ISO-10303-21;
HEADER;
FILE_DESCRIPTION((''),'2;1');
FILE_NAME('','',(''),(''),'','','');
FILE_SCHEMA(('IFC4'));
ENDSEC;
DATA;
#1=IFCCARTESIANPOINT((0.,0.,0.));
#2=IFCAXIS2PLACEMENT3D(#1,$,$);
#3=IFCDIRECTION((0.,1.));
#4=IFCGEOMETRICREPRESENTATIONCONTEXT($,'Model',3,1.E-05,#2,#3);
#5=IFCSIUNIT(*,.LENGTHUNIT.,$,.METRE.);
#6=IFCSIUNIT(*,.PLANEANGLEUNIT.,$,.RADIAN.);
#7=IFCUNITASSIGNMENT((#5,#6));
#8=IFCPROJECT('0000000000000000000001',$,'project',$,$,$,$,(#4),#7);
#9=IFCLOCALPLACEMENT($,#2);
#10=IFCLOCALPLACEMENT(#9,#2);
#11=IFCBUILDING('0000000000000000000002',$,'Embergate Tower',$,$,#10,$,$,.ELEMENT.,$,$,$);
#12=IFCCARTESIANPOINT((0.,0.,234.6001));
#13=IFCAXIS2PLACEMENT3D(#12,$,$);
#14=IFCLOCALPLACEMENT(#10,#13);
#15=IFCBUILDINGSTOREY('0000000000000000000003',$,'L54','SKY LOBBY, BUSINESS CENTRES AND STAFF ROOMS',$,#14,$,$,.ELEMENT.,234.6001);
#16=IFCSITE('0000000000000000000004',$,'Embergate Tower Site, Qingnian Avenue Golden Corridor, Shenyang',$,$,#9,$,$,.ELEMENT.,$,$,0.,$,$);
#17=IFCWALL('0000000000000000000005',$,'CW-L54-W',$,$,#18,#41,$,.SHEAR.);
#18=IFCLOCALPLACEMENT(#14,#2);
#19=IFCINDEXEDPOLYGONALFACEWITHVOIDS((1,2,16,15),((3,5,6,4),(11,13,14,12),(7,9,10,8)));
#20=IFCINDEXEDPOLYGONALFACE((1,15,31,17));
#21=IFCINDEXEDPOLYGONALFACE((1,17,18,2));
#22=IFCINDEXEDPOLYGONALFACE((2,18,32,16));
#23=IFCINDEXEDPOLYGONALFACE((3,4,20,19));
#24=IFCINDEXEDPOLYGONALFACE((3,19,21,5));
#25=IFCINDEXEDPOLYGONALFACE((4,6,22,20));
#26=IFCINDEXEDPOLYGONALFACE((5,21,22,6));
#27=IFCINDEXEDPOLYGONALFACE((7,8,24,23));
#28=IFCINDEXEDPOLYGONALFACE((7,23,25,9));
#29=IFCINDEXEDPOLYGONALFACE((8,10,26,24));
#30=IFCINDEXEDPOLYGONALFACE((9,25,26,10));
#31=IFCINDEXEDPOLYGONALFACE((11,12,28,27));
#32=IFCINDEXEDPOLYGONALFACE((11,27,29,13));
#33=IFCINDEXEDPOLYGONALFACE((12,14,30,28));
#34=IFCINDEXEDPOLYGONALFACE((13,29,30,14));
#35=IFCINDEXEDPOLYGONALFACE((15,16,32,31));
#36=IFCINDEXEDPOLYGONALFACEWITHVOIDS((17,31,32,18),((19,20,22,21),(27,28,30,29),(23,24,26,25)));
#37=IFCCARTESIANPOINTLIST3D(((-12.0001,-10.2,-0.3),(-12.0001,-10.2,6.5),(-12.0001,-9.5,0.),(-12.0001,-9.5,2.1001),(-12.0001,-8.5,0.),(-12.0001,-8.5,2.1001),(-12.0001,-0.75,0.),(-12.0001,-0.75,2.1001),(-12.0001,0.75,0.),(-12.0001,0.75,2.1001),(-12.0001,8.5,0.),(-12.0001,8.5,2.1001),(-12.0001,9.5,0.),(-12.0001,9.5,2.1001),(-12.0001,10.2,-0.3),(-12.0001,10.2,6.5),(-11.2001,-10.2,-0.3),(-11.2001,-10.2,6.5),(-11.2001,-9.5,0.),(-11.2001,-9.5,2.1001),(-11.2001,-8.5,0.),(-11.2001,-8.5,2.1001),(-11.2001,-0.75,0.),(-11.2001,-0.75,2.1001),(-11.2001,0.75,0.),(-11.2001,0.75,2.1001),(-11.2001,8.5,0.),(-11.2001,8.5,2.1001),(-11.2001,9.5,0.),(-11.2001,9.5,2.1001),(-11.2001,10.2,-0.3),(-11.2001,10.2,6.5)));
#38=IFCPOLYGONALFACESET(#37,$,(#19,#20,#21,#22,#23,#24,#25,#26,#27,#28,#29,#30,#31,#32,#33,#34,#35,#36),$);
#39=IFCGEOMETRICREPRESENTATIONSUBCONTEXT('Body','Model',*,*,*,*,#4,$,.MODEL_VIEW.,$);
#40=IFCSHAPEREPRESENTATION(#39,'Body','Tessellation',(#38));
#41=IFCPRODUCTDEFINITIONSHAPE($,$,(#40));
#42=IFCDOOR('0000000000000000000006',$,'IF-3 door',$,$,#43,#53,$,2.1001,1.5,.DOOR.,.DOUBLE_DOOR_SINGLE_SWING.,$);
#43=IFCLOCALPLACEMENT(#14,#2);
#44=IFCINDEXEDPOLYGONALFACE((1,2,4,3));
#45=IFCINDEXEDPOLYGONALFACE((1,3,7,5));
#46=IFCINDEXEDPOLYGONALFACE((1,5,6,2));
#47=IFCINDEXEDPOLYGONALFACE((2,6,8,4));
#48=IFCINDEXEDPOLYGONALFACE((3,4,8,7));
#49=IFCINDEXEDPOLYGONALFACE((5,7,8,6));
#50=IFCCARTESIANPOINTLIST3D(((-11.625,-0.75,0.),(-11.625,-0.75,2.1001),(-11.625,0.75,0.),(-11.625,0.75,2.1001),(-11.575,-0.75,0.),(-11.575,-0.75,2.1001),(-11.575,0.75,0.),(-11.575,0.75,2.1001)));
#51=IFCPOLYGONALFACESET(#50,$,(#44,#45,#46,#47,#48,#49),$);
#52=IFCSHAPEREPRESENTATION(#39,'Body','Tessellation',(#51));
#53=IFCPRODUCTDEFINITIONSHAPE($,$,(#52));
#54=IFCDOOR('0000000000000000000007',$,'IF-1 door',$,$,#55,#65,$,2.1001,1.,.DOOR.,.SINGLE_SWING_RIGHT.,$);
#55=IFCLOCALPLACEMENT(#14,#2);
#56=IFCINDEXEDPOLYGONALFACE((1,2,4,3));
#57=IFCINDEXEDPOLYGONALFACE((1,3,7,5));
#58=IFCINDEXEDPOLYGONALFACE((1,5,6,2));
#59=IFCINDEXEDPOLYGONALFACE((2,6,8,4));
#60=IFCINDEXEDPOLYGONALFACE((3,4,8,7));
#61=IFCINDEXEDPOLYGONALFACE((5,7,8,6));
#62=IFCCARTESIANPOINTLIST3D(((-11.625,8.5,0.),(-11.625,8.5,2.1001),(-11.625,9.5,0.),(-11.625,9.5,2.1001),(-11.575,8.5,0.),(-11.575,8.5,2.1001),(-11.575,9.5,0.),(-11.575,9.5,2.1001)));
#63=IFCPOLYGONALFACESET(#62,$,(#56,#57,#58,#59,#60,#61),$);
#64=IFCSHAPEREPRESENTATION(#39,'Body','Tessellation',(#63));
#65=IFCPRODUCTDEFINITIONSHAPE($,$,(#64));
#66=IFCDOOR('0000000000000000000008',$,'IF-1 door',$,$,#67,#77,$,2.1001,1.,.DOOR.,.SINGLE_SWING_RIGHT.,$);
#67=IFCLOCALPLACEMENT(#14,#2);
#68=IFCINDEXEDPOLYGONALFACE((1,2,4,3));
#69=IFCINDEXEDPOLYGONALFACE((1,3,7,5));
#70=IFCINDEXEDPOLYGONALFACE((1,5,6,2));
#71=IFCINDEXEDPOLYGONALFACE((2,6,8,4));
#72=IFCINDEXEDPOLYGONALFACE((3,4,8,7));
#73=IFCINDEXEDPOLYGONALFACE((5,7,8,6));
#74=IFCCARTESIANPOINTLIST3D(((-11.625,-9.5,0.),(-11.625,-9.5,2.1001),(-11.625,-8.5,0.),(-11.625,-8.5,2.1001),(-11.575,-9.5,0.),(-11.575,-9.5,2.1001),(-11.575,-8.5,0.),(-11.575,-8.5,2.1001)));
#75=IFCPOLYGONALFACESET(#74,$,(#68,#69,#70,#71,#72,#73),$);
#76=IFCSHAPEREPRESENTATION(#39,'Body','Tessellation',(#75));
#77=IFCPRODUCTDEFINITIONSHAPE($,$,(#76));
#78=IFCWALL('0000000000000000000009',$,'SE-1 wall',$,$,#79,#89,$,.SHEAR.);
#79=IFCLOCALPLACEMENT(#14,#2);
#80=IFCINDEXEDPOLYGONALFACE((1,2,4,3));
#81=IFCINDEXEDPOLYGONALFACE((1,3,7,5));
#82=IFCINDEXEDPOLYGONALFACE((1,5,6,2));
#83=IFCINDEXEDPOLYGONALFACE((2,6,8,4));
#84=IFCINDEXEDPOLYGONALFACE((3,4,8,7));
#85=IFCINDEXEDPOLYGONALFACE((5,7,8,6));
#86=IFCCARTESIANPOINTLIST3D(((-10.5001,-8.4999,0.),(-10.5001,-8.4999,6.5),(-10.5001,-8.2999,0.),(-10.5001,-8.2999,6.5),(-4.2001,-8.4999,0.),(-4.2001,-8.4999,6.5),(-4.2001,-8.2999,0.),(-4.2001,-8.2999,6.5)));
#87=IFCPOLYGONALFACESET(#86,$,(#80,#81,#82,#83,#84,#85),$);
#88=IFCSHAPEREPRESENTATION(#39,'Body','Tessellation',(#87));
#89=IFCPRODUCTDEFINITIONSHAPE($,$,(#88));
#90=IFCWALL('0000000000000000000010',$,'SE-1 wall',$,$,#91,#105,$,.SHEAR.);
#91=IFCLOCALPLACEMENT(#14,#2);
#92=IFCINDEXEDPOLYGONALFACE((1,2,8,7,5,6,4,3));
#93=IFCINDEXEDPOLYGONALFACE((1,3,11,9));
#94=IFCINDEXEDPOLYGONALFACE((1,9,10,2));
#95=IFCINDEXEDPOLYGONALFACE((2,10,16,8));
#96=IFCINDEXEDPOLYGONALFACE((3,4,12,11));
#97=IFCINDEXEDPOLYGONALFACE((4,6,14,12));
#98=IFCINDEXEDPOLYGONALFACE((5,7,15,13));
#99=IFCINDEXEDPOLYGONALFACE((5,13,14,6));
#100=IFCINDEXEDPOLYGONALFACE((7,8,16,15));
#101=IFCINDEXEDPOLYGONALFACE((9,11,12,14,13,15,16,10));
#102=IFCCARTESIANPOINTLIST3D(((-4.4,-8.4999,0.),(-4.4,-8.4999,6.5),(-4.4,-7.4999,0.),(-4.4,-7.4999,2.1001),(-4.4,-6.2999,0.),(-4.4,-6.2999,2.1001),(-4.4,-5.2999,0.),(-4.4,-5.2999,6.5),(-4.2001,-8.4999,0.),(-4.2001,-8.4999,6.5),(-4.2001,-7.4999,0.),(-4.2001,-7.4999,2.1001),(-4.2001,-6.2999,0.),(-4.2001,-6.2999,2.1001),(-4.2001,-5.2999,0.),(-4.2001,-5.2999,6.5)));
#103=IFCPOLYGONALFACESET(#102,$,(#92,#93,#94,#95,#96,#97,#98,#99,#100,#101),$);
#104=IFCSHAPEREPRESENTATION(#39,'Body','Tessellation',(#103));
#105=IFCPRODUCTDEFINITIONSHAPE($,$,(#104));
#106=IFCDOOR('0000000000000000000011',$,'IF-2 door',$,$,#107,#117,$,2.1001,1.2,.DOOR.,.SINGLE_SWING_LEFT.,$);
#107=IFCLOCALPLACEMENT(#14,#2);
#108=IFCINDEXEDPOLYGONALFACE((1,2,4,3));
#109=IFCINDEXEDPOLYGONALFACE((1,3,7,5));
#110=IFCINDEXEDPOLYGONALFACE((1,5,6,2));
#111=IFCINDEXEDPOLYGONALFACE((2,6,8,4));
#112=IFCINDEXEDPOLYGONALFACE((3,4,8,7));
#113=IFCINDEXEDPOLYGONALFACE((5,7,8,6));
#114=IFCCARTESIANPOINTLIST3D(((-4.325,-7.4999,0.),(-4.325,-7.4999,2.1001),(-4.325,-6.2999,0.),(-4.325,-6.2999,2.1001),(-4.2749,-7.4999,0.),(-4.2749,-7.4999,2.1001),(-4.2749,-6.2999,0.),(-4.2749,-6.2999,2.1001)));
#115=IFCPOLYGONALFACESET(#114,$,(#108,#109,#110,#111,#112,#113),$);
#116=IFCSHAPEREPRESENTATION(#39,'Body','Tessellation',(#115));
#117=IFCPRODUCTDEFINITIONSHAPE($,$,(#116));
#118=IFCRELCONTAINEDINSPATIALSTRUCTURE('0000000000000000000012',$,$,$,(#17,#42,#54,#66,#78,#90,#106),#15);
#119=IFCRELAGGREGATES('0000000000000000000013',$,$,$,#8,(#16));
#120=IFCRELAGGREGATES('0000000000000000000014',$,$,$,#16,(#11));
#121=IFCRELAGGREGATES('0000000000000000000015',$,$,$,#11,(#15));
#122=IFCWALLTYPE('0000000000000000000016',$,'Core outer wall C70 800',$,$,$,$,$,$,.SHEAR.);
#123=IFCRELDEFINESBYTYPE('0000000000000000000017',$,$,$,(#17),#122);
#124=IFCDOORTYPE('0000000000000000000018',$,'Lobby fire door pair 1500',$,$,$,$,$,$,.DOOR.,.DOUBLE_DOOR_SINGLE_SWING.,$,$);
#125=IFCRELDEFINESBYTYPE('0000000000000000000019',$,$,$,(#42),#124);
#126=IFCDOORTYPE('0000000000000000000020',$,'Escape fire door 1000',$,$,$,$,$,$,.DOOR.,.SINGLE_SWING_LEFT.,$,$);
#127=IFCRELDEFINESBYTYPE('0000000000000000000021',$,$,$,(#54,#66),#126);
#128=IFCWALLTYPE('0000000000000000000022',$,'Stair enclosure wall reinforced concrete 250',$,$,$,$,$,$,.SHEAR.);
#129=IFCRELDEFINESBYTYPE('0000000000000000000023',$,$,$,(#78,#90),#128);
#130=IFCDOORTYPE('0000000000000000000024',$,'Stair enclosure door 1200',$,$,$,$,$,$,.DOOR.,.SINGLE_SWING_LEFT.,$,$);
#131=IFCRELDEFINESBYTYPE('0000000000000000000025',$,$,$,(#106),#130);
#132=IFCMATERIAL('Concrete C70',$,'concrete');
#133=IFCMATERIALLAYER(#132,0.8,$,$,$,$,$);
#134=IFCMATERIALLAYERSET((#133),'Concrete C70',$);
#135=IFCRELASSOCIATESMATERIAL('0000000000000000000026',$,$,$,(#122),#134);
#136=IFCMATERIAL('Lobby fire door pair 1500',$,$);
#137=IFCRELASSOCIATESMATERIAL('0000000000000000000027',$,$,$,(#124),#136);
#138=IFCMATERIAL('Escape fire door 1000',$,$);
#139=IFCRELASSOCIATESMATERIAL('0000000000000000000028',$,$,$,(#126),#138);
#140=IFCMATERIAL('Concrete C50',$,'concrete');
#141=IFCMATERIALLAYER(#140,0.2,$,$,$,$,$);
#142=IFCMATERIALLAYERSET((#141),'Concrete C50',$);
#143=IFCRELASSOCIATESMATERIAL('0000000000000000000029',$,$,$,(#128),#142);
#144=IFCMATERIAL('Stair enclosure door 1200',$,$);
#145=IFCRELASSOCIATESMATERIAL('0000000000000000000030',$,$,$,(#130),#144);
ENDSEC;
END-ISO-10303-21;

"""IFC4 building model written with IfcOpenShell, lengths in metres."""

from ifc_helpers import new_model, si_unit, direction, frame, frame_2d, origin, place, context, subcontext, project, spatial, rectangle, extrude, source, transform, mapped, material, layer, layer_set, type_object, element, fill, save


model = new_model("IFC4")

# Units and contexts
model_context = context("Model", 3, precision=1e-05, world=origin(), true_north=direction((0.0, 1.0)))
body_context = subcontext(model_context, "Body", "Model", "MODEL_VIEW")
ifc_project = project(units=[si_unit("LENGTHUNIT", "METRE"), si_unit("PLANEANGLEUNIT", "RADIAN")], contexts=[model_context])

# Site, building, storey
site_placement = place(None, origin())
site = spatial("IfcSite", under=ifc_project, at=site_placement, Name="Embergate Tower Site, Qingnian Avenue Golden Corridor, Shenyang", CompositionType="ELEMENT", RefElevation=0.0)
building_placement = place(site_placement, origin())
building = spatial("IfcBuilding", under=site, at=building_placement, Name="Embergate Tower", CompositionType="ELEMENT")
storey_placement = place(building_placement, frame((0.0, 0.0, 234.6001)))
storey = spatial("IfcBuildingStorey", under=building, at=storey_placement, Name="L54", Description="SKY LOBBY, BUSINESS CENTRES AND STAFF ROOMS", CompositionType="ELEMENT", Elevation=234.6001)

# Shared definitions
ifc_material_1 = material(Name="Concrete C70", Category="concrete")
ifc_layer_1 = layer(ifc_material_1, 0.8)
ifc_layer_set_1 = layer_set([ifc_layer_1], Name="Concrete C70")
wall_type_1 = type_object("IfcWallType", Name="Core outer wall C70 800", PredefinedType="SHEAR", material=ifc_layer_set_1)

# Wall, openings, doors
shared_shape_1 = source(origin(), body_context, "Body", "SweptSolid", [
    extrude(rectangle(XDim=20.3999, YDim=0.8, at=frame_2d((10.2, 0.0))), origin(), (0.0, 0.0, 1.0), 6.8),
])
wall_1_placement = place(storey_placement, frame((-11.6001, -10.2, -0.3), z_axis=(0.0, 0.0, 1.0), x_axis=(0.0, 1.0, 0.0)))
wall_1 = element("IfcWall", 1, at=wall_1_placement, inside=storey, type_object=wall_type_1, Name="CW-L54-W", PredefinedType="SHEAR", context=body_context, shape_type="MappedRepresentation", body=[
    mapped(shared_shape_1, transform((0.0, 0.0, 0.0))),
])
shared_shape_2 = source(origin(), body_context, "Body", "SweptSolid", [
    extrude(rectangle(XDim=1.0, YDim=2.1001, at=frame_2d((0.5, 1.05))), frame((0.0, 0.4099, 0.0), z_axis=(0.0, -1.0, 0.0), x_axis=(1.0, 0.0, 0.0)), (0.0, 0.0, 1.0), 0.8201),
])
opening_1_placement = place(wall_1_placement, frame((18.7, 0.0, 0.3)))
opening_1 = element("IfcOpeningElement", 2, at=opening_1_placement, cuts=wall_1, PredefinedType="OPENING", context=body_context, shape_type="MappedRepresentation", body=[
    mapped(shared_shape_2, transform((0.0, 0.0, 0.0))),
])
opening_2_placement = place(wall_1_placement, frame((0.7, 0.0, 0.3)))
opening_2 = element("IfcOpeningElement", 3, at=opening_2_placement, cuts=wall_1, PredefinedType="OPENING", context=body_context, shape_type="MappedRepresentation", body=[
    mapped(shared_shape_2, transform((0.0, 0.0, 0.0))),
])
shared_shape_3 = source(origin(), body_context, "Body", "SweptSolid", [
    extrude(rectangle(XDim=1.5, YDim=2.1001, at=frame_2d((0.75, 1.05))), frame((0.0, 0.4099, 0.0), z_axis=(0.0, -1.0, 0.0), x_axis=(1.0, 0.0, 0.0)), (0.0, 0.0, 1.0), 0.8201),
])
opening_3_placement = place(wall_1_placement, frame((9.45, 0.0, 0.3)))
opening_3 = element("IfcOpeningElement", 4, at=opening_3_placement, cuts=wall_1, PredefinedType="OPENING", context=body_context, shape_type="MappedRepresentation", body=[
    mapped(shared_shape_3, transform((0.0, 0.0, 0.0))),
])
ifc_material_2 = material(Name="Lobby fire door pair 1500")
door_type_1 = type_object("IfcDoorType", Name="Lobby fire door pair 1500", OperationType="DOUBLE_DOOR_SINGLE_SWING", PredefinedType="DOOR", material=ifc_material_2)
shared_shape_4 = source(origin(), body_context, "Body", "SweptSolid", [
    extrude(rectangle(XDim=1.5, YDim=2.1001, at=frame_2d((0.75, 1.05))), frame((0.0, 0.0249, 0.0), z_axis=(0.0, -1.0, 0.0), x_axis=(1.0, 0.0, 0.0)), (0.0, 0.0, 1.0), 0.05),
])
door_1_placement = place(opening_3_placement, origin())
door_1 = element("IfcDoor", 5, at=door_1_placement, inside=storey, type_object=door_type_1, Name="IF-3 door", OperationType="DOUBLE_DOOR_SINGLE_SWING", OverallHeight=2.1001, OverallWidth=1.5, PredefinedType="DOOR", context=body_context, shape_type="MappedRepresentation", body=[
    mapped(shared_shape_4, transform((0.0, 0.0, 0.0))),
])
fill(opening_3, door_1)
ifc_material_3 = material(Name="Escape fire door 1000")
door_type_2 = type_object("IfcDoorType", Name="Escape fire door 1000", OperationType="SINGLE_SWING_LEFT", PredefinedType="DOOR", material=ifc_material_3)
shared_shape_5 = source(origin(), body_context, "Body", "SweptSolid", [
    extrude(rectangle(XDim=1.0, YDim=2.1001, at=frame_2d((0.5, 1.05))), frame((0.0, 0.0249, 0.0), z_axis=(0.0, -1.0, 0.0), x_axis=(1.0, 0.0, 0.0)), (0.0, 0.0, 1.0), 0.05),
])
door_2_placement = place(opening_1_placement, origin())
door_2 = element("IfcDoor", 6, at=door_2_placement, inside=storey, type_object=door_type_2, Name="IF-1 door", OperationType="SINGLE_SWING_RIGHT", OverallHeight=2.1001, OverallWidth=1.0, PredefinedType="DOOR", context=body_context, shape_type="MappedRepresentation", body=[
    mapped(shared_shape_5, transform((0.0, 0.0, 0.0))),
])
fill(opening_1, door_2)
door_3_placement = place(opening_2_placement, origin())
door_3 = element("IfcDoor", 7, at=door_3_placement, inside=storey, type_object=door_type_2, Name="IF-1 door", OperationType="SINGLE_SWING_RIGHT", OverallHeight=2.1001, OverallWidth=1.0, PredefinedType="DOOR", context=body_context, shape_type="MappedRepresentation", body=[
    mapped(shared_shape_5, transform((0.0, 0.0, 0.0))),
])
fill(opening_2, door_3)

# Wall
ifc_material_4 = material(Name="Concrete C50", Category="concrete")
ifc_layer_2 = layer(ifc_material_4, 0.2)
ifc_layer_set_2 = layer_set([ifc_layer_2], Name="Concrete C50")
wall_type_2 = type_object("IfcWallType", Name="Stair enclosure wall reinforced concrete 250", PredefinedType="SHEAR", material=ifc_layer_set_2)
shared_shape_6 = source(origin(), body_context, "Body", "SweptSolid", [
    extrude(rectangle(XDim=6.3, YDim=0.2, at=frame_2d((3.1499, 0.0))), origin(), (0.0, 0.0, 1.0), 6.5),
])
wall_2_placement = place(storey_placement, frame((-10.5, -8.3999, 0.0), z_axis=(0.0, 0.0, 1.0), x_axis=(1.0, 0.0, 0.0)))
element("IfcWall", 8, at=wall_2_placement, inside=storey, type_object=wall_type_2, Name="SE-1 wall", PredefinedType="SHEAR", context=body_context, shape_type="MappedRepresentation", body=[
    mapped(shared_shape_6, transform((0.0, 0.0, 0.0))),
])

# Wall, opening, door
shared_shape_7 = source(origin(), body_context, "Body", "SweptSolid", [
    extrude(rectangle(XDim=3.2, YDim=0.2, at=frame_2d((1.6001, 0.0))), origin(), (0.0, 0.0, 1.0), 6.5),
])
wall_3_placement = place(storey_placement, frame((-4.3, -8.5, 0.0), z_axis=(0.0, 0.0, 1.0), x_axis=(0.0, 1.0, 0.0)))
wall_3 = element("IfcWall", 9, at=wall_3_placement, inside=storey, type_object=wall_type_2, Name="SE-1 wall", PredefinedType="SHEAR", context=body_context, shape_type="MappedRepresentation", body=[
    mapped(shared_shape_7, transform((0.0, 0.0, 0.0))),
])
shared_shape_8 = source(origin(), body_context, "Body", "SweptSolid", [
    extrude(rectangle(XDim=1.2, YDim=2.1001, at=frame_2d((0.6001, 1.05))), frame((0.0, 0.1099, 0.0), z_axis=(0.0, -1.0, 0.0), x_axis=(1.0, 0.0, 0.0)), (0.0, 0.0, 1.0), 0.22),
])
opening_4_placement = place(wall_3_placement, frame((1.0, 0.0, 0.0)))
opening_4 = element("IfcOpeningElement", 10, at=opening_4_placement, cuts=wall_3, PredefinedType="OPENING", context=body_context, shape_type="MappedRepresentation", body=[
    mapped(shared_shape_8, transform((0.0, 0.0, 0.0))),
])
ifc_material_5 = material(Name="Stair enclosure door 1200")
door_type_3 = type_object("IfcDoorType", Name="Stair enclosure door 1200", OperationType="SINGLE_SWING_LEFT", PredefinedType="DOOR", material=ifc_material_5)
shared_shape_9 = source(origin(), body_context, "Body", "SweptSolid", [
    extrude(rectangle(XDim=1.2, YDim=2.1001, at=frame_2d((0.6001, 1.05))), frame((0.0, 0.0249, 0.0), z_axis=(0.0, -1.0, 0.0), x_axis=(1.0, 0.0, 0.0)), (0.0, 0.0, 1.0), 0.05),
])
door_4_placement = place(opening_4_placement, origin())
door_4 = element("IfcDoor", 11, at=door_4_placement, inside=storey, type_object=door_type_3, Name="IF-2 door", OperationType="SINGLE_SWING_LEFT", OverallHeight=2.1001, OverallWidth=1.2, PredefinedType="DOOR", context=body_context, shape_type="MappedRepresentation", body=[
    mapped(shared_shape_9, transform((0.0, 0.0, 0.0))),
])
fill(opening_4, door_4)

save(model, "model.ifc")
